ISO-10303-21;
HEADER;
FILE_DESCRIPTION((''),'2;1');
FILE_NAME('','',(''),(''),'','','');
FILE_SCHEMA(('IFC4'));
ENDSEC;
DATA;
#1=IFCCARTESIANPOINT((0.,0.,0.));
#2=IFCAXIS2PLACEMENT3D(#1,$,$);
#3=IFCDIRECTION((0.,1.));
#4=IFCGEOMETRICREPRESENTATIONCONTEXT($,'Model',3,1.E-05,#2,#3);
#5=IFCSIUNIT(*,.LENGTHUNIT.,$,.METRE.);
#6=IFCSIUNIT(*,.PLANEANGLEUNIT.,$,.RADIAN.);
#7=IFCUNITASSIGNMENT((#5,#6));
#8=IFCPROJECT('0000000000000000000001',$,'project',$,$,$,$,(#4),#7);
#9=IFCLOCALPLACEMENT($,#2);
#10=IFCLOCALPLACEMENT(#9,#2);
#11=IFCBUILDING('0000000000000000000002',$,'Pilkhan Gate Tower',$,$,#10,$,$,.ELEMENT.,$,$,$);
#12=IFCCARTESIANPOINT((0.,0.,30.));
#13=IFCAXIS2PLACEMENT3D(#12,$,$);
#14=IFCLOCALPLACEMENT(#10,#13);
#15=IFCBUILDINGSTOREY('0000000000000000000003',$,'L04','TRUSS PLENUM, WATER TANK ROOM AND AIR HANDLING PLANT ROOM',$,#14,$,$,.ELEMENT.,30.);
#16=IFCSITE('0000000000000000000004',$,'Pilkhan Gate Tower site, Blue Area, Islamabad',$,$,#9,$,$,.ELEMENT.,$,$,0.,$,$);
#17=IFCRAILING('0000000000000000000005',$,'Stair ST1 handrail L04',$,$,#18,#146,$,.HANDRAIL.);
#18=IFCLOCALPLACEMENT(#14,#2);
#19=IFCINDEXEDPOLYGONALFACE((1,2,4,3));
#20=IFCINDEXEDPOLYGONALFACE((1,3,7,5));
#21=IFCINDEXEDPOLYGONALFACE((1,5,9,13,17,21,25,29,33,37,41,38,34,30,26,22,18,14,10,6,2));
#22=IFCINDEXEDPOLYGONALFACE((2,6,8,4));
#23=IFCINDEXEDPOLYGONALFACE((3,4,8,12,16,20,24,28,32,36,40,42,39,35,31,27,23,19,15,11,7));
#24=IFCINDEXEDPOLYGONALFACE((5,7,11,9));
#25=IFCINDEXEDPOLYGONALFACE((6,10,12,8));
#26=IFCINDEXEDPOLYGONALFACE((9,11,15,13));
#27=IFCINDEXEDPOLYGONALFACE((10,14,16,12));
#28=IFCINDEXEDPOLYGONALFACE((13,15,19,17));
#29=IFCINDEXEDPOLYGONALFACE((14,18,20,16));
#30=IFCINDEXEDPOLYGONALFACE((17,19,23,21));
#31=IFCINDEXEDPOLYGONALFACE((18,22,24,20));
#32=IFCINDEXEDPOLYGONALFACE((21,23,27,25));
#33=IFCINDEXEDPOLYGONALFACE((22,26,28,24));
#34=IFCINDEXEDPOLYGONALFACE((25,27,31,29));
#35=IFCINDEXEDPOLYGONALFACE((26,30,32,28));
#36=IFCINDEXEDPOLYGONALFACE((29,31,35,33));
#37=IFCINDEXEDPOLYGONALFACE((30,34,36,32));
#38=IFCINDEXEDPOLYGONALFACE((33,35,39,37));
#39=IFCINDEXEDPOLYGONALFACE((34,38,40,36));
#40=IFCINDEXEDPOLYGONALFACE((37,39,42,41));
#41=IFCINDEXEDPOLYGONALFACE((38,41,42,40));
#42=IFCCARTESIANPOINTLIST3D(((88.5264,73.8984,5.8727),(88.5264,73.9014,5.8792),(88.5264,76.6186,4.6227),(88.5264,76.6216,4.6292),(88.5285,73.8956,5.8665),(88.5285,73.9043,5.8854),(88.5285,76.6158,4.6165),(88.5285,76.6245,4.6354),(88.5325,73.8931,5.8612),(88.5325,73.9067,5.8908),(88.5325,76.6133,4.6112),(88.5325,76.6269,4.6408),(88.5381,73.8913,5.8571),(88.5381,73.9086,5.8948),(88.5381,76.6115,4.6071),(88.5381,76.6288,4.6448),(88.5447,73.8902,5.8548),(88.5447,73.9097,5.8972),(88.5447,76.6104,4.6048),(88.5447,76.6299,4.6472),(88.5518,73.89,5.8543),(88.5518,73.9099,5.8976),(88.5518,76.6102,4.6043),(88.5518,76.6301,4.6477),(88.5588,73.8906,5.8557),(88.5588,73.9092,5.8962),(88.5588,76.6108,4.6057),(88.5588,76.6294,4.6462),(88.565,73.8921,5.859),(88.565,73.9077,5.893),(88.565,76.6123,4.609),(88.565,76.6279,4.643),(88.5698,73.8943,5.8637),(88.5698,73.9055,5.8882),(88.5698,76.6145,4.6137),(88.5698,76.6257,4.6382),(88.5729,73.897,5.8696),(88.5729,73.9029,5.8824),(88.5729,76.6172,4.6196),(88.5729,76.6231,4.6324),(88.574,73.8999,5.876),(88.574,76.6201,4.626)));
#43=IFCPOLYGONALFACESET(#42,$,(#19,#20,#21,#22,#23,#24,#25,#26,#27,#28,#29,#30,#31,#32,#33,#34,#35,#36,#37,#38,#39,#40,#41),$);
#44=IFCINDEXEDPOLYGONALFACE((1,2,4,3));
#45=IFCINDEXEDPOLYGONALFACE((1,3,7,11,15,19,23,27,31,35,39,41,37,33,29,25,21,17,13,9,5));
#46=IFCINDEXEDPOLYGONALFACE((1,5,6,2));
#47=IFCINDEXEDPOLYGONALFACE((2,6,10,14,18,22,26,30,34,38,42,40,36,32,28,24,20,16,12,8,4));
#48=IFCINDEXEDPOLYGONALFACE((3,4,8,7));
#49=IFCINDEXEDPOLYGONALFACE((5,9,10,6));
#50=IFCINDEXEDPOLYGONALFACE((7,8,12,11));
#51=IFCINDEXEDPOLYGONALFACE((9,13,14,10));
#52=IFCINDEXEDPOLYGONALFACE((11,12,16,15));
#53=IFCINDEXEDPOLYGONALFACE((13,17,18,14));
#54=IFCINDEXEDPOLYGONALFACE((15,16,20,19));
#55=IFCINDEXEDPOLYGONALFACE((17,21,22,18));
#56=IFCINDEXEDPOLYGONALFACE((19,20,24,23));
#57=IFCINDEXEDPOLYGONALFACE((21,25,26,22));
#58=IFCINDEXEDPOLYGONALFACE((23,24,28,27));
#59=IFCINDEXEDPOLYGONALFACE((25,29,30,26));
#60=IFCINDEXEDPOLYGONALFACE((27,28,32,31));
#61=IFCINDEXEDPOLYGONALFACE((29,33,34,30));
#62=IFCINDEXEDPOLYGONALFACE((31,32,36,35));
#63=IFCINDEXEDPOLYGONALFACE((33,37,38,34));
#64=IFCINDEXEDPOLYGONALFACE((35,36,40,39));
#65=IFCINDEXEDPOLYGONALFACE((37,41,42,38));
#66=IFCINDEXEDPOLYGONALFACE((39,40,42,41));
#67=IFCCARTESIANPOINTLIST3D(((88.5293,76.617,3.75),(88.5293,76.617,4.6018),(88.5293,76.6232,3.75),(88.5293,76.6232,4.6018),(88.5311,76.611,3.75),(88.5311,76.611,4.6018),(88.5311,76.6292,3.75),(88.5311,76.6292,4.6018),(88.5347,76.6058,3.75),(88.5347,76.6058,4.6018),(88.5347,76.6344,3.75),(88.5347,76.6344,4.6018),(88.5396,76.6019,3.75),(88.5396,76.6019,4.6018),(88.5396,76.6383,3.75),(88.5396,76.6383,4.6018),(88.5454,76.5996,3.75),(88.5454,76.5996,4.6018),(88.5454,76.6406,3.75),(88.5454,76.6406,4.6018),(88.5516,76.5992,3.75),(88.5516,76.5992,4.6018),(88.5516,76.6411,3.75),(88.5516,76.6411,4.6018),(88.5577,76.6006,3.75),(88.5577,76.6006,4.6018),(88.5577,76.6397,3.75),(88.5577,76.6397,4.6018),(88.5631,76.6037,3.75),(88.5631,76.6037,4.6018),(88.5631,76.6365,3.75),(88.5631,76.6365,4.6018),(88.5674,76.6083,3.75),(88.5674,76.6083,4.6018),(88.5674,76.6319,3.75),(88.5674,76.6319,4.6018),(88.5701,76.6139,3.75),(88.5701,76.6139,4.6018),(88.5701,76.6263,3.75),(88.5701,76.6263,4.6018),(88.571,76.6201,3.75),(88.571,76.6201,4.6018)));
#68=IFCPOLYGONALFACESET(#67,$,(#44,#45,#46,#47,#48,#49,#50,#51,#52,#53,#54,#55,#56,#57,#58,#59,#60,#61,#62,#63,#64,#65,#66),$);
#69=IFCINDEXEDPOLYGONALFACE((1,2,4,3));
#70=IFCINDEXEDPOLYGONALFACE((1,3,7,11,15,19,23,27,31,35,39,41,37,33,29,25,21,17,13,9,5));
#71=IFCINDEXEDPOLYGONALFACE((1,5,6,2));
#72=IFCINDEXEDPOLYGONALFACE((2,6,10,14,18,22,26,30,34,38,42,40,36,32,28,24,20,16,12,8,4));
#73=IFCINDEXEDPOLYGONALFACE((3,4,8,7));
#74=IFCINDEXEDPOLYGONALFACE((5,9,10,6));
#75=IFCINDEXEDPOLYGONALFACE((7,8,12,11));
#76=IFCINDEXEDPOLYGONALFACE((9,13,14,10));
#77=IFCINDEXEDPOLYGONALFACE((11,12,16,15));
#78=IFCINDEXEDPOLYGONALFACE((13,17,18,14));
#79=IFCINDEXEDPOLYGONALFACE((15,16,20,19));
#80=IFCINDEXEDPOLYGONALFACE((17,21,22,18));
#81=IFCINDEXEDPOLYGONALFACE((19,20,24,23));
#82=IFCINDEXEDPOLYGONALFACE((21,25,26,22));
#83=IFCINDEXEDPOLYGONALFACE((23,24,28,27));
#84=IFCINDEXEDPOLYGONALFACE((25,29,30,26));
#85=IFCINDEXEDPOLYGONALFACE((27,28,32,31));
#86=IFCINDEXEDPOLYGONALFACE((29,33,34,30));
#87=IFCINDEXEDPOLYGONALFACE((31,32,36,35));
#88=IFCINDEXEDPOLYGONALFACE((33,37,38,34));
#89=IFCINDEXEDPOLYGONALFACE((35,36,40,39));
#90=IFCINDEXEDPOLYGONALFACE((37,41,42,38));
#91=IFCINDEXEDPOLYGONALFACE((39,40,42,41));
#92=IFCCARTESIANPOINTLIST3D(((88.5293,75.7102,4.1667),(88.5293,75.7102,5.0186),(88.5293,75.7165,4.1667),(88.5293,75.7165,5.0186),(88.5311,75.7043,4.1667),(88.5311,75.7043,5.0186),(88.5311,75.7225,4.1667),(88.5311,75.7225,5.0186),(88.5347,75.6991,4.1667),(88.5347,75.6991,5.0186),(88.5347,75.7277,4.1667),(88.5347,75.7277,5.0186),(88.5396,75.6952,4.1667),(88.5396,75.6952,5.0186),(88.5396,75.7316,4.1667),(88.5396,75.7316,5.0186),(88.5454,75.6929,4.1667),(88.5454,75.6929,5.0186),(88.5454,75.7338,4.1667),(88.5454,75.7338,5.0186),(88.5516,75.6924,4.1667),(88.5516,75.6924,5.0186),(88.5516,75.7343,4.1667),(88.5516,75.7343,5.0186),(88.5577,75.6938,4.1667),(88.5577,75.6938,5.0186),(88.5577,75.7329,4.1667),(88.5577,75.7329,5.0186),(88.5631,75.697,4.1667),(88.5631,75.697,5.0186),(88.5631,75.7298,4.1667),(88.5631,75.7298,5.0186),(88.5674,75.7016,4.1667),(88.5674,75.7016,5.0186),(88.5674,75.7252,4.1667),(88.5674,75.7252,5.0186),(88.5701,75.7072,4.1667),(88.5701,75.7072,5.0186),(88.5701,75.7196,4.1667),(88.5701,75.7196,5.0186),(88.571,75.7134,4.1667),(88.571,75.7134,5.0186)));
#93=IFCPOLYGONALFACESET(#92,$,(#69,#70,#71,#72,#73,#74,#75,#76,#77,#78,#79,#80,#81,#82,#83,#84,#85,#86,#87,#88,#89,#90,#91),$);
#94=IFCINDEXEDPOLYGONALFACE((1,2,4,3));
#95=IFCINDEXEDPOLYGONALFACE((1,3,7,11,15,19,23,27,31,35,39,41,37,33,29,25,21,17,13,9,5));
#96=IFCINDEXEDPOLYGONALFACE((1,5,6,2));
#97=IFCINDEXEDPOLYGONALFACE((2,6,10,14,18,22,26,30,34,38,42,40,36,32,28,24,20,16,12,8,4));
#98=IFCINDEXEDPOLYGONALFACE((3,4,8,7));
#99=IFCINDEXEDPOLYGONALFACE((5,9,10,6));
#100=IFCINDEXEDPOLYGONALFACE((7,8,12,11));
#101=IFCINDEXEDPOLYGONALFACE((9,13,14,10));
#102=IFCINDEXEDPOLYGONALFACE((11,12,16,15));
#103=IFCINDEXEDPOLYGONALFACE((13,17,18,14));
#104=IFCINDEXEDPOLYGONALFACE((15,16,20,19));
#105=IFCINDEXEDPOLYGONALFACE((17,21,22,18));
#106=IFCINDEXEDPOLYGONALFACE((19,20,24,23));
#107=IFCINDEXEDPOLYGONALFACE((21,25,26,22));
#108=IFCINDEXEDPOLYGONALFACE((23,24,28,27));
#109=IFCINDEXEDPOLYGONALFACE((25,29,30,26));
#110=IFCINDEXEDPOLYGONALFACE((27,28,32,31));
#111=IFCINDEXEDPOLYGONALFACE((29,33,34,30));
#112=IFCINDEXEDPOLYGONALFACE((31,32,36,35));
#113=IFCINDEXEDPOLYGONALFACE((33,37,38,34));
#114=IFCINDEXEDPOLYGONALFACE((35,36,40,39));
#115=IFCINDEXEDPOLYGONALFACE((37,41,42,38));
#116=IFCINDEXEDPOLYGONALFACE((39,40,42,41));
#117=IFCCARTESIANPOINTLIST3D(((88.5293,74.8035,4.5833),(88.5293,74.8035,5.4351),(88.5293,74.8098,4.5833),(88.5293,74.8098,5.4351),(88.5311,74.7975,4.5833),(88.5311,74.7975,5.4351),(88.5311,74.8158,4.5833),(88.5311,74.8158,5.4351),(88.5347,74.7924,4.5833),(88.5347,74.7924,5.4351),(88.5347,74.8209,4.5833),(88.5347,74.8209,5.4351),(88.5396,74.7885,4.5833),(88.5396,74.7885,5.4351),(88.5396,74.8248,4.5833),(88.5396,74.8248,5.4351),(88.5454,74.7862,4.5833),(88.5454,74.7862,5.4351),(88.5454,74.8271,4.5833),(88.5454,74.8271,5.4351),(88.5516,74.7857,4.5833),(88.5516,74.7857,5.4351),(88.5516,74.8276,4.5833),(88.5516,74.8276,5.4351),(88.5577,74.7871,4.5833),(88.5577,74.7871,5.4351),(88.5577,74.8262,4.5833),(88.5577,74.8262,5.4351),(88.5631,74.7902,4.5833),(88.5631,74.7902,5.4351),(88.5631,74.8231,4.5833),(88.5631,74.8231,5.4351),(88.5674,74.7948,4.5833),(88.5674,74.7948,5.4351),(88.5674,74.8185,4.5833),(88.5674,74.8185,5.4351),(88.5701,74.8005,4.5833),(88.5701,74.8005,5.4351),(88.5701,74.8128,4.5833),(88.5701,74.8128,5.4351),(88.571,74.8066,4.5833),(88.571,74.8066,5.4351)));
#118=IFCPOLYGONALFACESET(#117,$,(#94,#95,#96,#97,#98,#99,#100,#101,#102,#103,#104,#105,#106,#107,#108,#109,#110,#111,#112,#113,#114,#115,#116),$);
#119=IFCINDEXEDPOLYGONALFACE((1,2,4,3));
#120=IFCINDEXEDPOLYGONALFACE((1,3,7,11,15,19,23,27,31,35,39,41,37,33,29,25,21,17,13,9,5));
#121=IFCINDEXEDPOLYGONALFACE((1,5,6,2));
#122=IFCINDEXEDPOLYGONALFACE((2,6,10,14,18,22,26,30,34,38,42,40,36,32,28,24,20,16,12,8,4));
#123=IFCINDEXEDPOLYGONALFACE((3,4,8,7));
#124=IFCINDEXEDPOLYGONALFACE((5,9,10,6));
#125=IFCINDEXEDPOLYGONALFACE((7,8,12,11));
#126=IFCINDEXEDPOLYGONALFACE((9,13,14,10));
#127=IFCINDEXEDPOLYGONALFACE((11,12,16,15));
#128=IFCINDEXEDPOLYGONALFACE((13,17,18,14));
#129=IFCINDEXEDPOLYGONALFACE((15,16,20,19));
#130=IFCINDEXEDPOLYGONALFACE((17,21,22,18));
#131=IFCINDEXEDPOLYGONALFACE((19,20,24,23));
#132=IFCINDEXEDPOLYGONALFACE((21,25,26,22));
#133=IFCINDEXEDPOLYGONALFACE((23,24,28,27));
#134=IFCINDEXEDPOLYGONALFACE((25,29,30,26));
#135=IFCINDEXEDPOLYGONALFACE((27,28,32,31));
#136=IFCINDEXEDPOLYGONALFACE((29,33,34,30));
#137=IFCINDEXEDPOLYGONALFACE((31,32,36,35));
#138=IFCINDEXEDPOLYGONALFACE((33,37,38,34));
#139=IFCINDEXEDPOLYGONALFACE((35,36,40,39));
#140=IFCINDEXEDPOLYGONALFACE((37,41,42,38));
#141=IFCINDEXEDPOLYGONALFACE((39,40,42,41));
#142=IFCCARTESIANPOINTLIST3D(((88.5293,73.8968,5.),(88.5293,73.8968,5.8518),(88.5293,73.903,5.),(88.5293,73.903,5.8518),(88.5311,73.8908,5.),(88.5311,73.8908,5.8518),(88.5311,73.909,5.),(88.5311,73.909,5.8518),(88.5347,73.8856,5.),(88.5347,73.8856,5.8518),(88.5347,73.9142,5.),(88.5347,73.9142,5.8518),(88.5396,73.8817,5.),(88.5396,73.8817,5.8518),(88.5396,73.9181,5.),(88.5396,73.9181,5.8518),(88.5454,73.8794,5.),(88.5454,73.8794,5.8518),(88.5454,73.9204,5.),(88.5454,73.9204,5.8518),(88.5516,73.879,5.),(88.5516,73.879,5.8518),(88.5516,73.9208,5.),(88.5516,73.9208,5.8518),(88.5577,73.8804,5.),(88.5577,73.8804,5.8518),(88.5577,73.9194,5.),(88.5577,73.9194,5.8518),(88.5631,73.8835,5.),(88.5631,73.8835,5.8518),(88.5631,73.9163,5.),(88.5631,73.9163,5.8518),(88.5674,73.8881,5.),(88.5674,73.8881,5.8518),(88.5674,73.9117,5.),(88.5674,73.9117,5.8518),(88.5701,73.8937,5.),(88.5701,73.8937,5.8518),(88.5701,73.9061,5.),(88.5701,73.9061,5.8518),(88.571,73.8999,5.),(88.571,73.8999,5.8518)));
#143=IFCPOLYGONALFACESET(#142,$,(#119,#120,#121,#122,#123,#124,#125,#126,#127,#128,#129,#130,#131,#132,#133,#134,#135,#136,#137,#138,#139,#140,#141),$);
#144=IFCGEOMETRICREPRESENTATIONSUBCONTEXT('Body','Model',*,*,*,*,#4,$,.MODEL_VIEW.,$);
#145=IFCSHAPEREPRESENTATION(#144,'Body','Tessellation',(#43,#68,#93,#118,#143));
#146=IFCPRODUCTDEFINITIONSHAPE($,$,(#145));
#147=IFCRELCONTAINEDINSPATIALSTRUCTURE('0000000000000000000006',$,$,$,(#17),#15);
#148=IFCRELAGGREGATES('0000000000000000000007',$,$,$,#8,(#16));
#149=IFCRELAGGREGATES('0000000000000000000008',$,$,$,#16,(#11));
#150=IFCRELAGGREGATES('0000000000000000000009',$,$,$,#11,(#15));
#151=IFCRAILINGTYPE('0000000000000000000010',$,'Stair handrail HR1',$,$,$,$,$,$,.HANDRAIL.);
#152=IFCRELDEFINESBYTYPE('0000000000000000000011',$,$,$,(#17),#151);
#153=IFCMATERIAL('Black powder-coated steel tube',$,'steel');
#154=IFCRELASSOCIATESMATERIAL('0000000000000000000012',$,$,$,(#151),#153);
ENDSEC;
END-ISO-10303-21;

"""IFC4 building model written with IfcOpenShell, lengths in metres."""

from ifc_helpers import new_model, si_unit, direction, frame, origin, origin_2d, place, context, subcontext, project, spatial, circle, extrude, material, type_object, element, save


model = new_model("IFC4")

# Units and contexts
model_context = context("Model", 3, precision=1e-05, world=origin(), true_north=direction((0.0, 1.0)))
body_context = subcontext(model_context, "Body", "Model", "MODEL_VIEW")
ifc_project = project(units=[si_unit("LENGTHUNIT", "METRE"), si_unit("PLANEANGLEUNIT", "RADIAN")], contexts=[model_context])

# Site, building, storey
site_placement = place(None, origin())
site = spatial("IfcSite", under=ifc_project, at=site_placement, Name="Pilkhan Gate Tower site, Blue Area, Islamabad", CompositionType="ELEMENT", RefElevation=0.0)
building_placement = place(site_placement, origin())
building = spatial("IfcBuilding", under=site, at=building_placement, Name="Pilkhan Gate Tower", CompositionType="ELEMENT")
storey_placement = place(building_placement, frame((0.0, 0.0, 30.0)))
storey = spatial("IfcBuildingStorey", under=building, at=storey_placement, Name="L04", Description="TRUSS PLENUM, WATER TANK ROOM AND AIR HANDLING PLANT ROOM", CompositionType="ELEMENT", Elevation=30.0)

# Railing
ifc_material_1 = material(Name="Black powder-coated steel tube", Category="steel")
railing_type_1 = type_object("IfcRailingType", Name="Stair handrail HR1", PredefinedType="HANDRAIL", material=ifc_material_1)
for number, where, name in (
    (1, (88.55, 76.6201, 3.75), "Stair ST1 handrail L04"),
):
    element("IfcRailing", number, at=place(storey_placement, frame(where)), inside=storey, type_object=railing_type_1, Name=name, PredefinedType="HANDRAIL", context=body_context, shape_type="SweptSolid", body=[
        extrude(circle(Radius=0.0239, at=origin_2d()), frame((0.0, 0.0, 0.876), z_axis=(0.0, -0.908655, 0.417547), x_axis=(1.0, 0.0, 0.0)), (0.0, 0.0, 1.0), 2.9937),
        extrude(circle(Radius=0.021, at=origin_2d()), origin(), (0.0, 0.0, 1.0), 0.8518),
        extrude(circle(Radius=0.021, at=origin_2d()), frame((0.0, -0.9067, 0.4167)), (0.0, 0.0, 1.0), 0.8518),
        extrude(circle(Radius=0.021, at=origin_2d()), frame((0.0, -1.8135, 0.8333)), (0.0, 0.0, 1.0), 0.8518),
        extrude(circle(Radius=0.021, at=origin_2d()), frame((0.0, -2.7202, 1.25)), (0.0, 0.0, 1.0), 0.8518),
    ])

save(model, "model.ifc")
